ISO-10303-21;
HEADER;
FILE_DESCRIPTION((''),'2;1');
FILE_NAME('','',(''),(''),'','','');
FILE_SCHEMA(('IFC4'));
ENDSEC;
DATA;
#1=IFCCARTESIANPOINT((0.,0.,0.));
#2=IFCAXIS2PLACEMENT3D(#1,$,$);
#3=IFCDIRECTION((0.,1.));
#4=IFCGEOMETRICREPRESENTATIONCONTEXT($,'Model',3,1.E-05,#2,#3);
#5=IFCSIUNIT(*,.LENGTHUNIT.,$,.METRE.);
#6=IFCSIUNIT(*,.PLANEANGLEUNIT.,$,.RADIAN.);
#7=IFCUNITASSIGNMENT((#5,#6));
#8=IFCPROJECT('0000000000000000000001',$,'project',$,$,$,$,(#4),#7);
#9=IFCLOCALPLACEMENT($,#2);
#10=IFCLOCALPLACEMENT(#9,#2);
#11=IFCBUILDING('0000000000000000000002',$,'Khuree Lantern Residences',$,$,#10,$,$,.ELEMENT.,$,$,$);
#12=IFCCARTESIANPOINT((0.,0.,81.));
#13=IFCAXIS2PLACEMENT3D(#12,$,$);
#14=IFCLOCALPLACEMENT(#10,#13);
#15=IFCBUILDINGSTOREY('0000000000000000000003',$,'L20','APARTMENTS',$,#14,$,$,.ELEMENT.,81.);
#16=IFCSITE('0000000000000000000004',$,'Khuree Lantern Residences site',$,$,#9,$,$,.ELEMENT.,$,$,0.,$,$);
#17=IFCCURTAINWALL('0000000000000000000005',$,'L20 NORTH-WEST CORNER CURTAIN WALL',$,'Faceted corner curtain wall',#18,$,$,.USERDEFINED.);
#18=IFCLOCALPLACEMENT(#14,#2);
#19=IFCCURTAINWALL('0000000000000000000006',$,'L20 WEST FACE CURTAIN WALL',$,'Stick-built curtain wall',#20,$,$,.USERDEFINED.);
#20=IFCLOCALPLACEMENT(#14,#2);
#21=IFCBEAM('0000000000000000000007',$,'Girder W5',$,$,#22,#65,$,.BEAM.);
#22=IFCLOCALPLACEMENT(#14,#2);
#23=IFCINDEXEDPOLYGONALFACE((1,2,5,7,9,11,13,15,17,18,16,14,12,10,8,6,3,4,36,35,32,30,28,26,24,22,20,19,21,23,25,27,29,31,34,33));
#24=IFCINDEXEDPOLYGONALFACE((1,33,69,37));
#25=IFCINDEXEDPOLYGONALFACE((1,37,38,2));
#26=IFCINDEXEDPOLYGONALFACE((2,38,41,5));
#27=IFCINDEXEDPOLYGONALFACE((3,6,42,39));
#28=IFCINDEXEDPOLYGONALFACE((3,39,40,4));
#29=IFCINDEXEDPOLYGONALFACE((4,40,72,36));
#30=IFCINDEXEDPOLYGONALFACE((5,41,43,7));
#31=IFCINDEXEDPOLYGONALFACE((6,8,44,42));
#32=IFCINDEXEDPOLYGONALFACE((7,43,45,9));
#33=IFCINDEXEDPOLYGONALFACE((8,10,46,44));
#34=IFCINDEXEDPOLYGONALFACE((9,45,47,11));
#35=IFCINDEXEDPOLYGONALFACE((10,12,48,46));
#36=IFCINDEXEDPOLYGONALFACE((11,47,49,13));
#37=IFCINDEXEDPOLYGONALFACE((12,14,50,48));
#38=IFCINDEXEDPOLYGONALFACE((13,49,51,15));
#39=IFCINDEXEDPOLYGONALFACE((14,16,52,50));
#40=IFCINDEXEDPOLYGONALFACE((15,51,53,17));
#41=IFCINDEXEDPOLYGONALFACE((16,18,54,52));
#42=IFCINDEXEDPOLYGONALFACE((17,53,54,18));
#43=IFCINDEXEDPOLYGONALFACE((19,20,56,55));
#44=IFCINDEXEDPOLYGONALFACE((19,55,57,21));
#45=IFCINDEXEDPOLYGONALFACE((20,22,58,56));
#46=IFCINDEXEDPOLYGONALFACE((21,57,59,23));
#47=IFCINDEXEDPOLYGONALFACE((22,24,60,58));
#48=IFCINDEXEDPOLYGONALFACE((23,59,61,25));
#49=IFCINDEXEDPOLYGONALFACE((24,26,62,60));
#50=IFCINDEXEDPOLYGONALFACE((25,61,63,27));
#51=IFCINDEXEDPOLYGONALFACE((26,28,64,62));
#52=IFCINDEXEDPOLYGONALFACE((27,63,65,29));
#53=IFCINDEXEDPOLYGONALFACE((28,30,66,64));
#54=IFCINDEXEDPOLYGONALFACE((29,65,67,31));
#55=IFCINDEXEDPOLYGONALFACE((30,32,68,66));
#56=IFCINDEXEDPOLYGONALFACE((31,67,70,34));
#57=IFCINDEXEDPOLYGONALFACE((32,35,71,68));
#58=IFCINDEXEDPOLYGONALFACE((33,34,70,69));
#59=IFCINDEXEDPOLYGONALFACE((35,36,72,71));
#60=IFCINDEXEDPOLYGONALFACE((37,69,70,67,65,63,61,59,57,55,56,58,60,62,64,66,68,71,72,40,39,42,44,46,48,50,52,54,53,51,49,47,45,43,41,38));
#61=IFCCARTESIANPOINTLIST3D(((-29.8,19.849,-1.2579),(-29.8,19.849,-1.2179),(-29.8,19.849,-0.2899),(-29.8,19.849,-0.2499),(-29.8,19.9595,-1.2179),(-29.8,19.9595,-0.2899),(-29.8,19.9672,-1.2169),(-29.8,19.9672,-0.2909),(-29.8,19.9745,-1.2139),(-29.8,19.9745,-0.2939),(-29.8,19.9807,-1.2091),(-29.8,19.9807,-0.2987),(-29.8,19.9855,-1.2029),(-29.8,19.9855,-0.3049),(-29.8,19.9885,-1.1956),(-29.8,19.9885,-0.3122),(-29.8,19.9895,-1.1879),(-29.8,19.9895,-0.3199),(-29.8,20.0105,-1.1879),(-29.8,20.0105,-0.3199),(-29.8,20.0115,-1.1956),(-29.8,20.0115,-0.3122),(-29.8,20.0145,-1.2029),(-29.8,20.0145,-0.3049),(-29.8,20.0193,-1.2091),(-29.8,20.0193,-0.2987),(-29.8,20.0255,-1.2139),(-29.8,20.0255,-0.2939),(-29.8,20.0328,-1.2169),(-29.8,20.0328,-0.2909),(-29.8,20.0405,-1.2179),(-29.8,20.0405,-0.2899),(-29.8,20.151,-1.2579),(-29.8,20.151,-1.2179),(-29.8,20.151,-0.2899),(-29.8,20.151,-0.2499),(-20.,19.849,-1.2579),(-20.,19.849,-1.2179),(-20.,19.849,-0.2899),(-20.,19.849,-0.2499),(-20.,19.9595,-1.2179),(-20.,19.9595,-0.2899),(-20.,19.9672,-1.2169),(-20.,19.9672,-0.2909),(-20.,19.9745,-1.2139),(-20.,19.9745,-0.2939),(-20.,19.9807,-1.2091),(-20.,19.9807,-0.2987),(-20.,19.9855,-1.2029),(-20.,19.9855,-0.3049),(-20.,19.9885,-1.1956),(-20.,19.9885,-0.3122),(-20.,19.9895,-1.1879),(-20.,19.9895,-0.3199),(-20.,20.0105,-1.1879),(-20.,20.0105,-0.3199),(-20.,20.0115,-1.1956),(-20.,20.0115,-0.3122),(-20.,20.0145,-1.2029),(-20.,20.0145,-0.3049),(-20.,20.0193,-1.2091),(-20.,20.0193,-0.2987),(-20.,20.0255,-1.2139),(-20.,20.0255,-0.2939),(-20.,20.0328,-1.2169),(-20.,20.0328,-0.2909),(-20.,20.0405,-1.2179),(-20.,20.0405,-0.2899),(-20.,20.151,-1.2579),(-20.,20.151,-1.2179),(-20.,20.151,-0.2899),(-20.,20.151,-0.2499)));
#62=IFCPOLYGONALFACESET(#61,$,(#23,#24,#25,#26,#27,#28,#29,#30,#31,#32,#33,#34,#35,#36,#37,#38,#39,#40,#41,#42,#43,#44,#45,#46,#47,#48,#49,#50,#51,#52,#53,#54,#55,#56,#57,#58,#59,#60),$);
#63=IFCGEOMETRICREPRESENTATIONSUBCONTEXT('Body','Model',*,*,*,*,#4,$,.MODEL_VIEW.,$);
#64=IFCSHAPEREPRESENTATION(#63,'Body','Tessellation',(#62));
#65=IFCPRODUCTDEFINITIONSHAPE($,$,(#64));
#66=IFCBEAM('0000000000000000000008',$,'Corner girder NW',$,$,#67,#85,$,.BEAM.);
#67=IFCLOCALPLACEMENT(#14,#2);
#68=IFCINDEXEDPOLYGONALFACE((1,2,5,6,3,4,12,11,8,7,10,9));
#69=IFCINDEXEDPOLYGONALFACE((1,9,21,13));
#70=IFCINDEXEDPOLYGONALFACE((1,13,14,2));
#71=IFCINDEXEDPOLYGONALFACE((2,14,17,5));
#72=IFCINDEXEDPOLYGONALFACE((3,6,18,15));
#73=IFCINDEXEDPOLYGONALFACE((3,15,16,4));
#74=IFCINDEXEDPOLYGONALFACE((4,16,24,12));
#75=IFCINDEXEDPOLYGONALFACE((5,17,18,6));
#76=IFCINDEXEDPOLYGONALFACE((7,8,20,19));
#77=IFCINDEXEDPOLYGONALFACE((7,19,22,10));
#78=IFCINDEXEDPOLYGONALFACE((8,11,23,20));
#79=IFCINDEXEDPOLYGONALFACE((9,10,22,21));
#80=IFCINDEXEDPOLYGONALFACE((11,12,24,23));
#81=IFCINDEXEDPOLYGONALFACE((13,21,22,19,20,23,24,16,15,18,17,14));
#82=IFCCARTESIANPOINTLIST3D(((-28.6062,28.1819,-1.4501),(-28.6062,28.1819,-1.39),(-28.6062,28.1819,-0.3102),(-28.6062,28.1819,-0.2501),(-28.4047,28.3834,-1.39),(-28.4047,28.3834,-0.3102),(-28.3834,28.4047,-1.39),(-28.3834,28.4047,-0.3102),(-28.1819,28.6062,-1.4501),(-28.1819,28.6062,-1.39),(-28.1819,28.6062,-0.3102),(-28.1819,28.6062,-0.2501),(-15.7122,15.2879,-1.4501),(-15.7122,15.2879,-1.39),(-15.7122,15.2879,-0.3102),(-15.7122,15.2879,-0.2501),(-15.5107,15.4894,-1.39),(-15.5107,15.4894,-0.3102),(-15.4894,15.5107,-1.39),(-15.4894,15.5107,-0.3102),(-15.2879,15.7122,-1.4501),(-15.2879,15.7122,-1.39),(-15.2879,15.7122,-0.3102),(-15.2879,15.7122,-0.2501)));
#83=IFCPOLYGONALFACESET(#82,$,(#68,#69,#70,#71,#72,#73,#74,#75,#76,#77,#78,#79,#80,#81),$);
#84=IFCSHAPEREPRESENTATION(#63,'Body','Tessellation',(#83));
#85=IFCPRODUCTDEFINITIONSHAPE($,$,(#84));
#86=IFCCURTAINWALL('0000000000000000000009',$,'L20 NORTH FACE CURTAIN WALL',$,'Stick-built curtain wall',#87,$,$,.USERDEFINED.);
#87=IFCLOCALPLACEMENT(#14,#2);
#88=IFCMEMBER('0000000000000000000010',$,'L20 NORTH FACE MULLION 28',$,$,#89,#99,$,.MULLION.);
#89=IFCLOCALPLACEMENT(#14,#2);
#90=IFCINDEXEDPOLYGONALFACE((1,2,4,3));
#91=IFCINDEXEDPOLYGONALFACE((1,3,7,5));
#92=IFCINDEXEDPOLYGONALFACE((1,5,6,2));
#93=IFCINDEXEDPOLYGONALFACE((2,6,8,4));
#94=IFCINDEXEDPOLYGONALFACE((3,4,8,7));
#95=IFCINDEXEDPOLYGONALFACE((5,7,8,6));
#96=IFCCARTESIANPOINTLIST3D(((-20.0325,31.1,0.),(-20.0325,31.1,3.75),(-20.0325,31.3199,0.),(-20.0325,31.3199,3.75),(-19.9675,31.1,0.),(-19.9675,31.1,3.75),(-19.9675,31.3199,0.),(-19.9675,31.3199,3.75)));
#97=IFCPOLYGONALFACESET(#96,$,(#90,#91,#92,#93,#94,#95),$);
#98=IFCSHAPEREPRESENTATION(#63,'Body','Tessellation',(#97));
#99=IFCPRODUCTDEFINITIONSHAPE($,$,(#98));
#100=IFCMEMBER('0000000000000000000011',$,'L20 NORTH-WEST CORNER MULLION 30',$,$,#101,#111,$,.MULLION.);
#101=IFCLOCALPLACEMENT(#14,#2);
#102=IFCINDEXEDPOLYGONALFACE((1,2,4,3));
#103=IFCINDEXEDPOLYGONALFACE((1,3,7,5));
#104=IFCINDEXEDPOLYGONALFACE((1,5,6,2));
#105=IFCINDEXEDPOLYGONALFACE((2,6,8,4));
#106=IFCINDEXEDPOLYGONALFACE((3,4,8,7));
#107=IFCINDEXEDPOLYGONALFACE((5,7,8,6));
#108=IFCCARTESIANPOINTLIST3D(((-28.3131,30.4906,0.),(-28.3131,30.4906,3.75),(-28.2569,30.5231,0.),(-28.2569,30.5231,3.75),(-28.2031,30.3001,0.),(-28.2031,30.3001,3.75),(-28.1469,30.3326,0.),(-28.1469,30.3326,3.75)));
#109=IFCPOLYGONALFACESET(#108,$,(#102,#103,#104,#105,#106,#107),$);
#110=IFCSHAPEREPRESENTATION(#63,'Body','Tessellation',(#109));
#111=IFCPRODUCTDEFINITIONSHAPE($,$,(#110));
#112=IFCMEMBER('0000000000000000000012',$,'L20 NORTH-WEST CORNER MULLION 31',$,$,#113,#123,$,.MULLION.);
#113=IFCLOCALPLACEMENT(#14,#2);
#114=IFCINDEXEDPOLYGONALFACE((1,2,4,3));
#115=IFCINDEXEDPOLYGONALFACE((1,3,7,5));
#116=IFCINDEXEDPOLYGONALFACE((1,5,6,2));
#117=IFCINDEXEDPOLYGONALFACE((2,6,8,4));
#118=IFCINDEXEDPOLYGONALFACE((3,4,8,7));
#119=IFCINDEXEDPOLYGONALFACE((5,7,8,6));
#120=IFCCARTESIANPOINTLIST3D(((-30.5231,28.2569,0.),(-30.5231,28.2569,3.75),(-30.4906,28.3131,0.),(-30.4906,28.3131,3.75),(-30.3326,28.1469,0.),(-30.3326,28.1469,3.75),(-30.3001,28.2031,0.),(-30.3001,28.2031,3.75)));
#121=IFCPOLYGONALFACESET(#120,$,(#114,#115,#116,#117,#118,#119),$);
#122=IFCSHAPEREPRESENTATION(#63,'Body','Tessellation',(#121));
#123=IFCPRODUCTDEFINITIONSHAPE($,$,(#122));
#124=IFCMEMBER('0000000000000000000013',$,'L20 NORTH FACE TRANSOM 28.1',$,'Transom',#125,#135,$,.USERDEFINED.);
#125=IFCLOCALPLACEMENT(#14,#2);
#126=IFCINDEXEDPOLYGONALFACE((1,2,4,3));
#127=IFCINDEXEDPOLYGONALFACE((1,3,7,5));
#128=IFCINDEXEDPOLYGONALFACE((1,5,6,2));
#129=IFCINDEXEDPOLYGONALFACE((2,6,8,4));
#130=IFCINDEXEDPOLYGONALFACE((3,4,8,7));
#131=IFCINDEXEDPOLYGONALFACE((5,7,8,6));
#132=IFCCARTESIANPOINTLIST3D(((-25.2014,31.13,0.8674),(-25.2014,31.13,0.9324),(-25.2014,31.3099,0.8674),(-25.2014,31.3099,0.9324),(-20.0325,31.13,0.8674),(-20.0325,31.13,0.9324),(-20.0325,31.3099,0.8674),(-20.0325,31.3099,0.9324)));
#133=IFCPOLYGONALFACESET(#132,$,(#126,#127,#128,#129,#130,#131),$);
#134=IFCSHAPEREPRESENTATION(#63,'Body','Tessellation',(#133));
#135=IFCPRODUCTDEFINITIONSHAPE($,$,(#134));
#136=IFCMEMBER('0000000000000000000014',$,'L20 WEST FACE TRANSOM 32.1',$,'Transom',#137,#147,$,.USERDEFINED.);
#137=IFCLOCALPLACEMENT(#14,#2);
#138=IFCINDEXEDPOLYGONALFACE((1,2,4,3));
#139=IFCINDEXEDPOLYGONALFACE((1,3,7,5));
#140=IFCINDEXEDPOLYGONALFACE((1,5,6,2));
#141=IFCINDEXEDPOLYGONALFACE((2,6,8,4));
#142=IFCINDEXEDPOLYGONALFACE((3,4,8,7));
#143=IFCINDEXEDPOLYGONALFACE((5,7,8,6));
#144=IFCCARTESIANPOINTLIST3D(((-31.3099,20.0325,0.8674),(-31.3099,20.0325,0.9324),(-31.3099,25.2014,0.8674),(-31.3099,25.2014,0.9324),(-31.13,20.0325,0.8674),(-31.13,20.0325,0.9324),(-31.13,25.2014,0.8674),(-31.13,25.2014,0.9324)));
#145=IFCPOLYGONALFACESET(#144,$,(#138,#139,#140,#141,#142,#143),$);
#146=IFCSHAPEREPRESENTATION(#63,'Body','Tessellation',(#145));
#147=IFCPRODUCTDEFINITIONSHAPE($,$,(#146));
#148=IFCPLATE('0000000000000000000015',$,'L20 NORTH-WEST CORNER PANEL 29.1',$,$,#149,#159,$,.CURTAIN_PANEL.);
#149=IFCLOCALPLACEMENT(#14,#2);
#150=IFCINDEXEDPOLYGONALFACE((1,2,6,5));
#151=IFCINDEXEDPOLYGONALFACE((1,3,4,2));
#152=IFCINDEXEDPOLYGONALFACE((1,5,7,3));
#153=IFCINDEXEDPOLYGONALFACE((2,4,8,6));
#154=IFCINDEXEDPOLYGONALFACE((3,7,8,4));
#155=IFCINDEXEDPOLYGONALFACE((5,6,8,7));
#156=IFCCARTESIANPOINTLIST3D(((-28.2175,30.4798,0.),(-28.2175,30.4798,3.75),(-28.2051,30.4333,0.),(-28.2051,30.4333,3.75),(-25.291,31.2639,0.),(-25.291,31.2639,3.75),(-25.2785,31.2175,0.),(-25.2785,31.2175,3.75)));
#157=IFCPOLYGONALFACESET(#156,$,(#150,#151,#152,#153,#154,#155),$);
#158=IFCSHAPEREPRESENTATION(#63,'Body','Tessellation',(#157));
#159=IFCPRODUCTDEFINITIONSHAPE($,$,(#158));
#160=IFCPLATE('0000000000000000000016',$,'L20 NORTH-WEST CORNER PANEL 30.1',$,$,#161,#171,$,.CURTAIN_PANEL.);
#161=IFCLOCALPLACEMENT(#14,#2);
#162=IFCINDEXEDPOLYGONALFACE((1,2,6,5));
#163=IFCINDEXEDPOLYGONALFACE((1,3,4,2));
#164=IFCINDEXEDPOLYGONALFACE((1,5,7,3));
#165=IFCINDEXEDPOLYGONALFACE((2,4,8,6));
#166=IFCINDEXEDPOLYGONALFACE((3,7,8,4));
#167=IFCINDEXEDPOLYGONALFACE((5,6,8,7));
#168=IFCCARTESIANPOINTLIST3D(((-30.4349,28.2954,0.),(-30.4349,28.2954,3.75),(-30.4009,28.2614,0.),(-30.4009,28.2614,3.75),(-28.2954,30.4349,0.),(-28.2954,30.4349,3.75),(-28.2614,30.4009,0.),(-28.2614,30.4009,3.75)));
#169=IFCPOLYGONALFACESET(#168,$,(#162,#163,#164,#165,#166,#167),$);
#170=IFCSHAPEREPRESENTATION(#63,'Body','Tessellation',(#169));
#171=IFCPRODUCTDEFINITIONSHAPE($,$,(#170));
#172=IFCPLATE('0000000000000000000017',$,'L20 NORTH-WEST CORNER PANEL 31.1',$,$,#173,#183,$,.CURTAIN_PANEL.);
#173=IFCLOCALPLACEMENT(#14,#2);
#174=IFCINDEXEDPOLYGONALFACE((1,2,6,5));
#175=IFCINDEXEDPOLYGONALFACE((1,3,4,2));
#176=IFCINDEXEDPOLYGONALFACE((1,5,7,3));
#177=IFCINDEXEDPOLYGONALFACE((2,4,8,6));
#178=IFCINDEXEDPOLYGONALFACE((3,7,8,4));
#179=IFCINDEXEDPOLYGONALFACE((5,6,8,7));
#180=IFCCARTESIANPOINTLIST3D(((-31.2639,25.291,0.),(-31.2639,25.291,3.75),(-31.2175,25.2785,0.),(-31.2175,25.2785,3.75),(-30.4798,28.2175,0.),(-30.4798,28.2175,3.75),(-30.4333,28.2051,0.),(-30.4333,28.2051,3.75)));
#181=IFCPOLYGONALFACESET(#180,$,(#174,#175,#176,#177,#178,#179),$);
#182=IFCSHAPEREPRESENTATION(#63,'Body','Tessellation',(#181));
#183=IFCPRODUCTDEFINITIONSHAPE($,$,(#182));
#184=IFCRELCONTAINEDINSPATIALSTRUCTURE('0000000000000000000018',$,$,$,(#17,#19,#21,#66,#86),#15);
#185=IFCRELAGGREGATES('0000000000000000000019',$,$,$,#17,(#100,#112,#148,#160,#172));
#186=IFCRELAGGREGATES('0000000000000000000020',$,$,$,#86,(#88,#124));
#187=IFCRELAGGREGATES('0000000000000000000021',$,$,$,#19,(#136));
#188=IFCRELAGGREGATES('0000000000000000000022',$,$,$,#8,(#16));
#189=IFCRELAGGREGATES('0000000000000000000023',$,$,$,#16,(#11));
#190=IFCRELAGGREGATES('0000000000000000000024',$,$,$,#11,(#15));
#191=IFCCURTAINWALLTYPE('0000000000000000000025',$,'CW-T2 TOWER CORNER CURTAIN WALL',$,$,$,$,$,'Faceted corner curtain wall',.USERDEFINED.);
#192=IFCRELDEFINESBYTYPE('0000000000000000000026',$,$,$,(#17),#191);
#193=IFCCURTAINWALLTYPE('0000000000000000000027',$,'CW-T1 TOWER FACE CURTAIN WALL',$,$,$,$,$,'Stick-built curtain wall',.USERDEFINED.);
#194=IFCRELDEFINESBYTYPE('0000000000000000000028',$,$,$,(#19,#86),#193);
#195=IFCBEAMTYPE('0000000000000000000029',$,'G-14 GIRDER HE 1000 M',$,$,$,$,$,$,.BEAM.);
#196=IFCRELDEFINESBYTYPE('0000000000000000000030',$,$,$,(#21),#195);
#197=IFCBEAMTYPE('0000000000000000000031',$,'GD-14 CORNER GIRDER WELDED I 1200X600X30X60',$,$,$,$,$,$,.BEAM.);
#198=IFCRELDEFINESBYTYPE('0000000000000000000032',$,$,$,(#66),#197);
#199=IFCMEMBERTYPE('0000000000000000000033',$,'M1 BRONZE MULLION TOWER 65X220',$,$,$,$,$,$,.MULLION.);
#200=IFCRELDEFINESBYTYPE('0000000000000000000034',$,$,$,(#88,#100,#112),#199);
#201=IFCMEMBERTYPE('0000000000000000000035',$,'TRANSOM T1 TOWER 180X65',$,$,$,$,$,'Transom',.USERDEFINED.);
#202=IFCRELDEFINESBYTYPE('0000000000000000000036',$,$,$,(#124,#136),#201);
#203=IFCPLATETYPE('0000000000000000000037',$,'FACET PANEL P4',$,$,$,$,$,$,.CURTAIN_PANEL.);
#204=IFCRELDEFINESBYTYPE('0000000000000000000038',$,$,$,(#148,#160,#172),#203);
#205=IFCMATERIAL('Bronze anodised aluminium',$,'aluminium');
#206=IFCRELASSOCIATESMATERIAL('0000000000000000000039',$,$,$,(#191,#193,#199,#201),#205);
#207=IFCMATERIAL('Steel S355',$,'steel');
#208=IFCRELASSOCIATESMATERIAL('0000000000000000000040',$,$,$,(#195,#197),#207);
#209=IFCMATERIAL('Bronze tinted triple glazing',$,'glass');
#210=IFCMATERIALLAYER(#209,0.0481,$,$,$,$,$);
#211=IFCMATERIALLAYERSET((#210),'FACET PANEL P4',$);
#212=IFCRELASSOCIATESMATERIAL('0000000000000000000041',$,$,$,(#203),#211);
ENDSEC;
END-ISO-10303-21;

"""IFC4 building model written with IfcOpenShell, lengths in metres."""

from ifc_helpers import new_model, si_unit, direction, frame, origin, origin_2d, place, context, subcontext, project, spatial, rectangle, i_section, extrude, material, layer, layer_set, material_profile, profile_set, type_object, element, aggregate, save


model = new_model("IFC4")

# Units and contexts
model_context = context("Model", 3, precision=1e-05, world=origin(), true_north=direction((0.0, 1.0)))
body_context = subcontext(model_context, "Body", "Model", "MODEL_VIEW")
ifc_project = project(units=[si_unit("LENGTHUNIT", "METRE"), si_unit("PLANEANGLEUNIT", "RADIAN")], contexts=[model_context])

# Site, building, storey
site_placement = place(None, origin())
site = spatial("IfcSite", under=ifc_project, at=site_placement, Name="Khuree Lantern Residences site", CompositionType="ELEMENT", RefElevation=0.0)
building_placement = place(site_placement, origin())
building = spatial("IfcBuilding", under=site, at=building_placement, Name="Khuree Lantern Residences", CompositionType="ELEMENT")
storey_placement = place(building_placement, frame((0.0, 0.0, 81.0)))
storey = spatial("IfcBuildingStorey", under=building, at=storey_placement, Name="L20", Description="APARTMENTS", CompositionType="ELEMENT", Elevation=81.0)

# Shared definitions
ifc_material_1 = material(Name="Steel S355", Category="steel")

# Curtain walls
ifc_material_2 = material(Name="Bronze anodised aluminium", Category="aluminium")
curtain_wall_type_1 = type_object("IfcCurtainWallType", Name="CW-T2 TOWER CORNER CURTAIN WALL", ElementType="Faceted corner curtain wall", PredefinedType="USERDEFINED", material=ifc_material_2)
curtain_wall_1_placement = place(storey_placement, origin())
curtain_wall_1 = element("IfcCurtainWall", 1, at=curtain_wall_1_placement, inside=storey, type_object=curtain_wall_type_1, Name="L20 NORTH-WEST CORNER CURTAIN WALL", ObjectType="Faceted corner curtain wall", PredefinedType="USERDEFINED")
curtain_wall_type_2 = type_object("IfcCurtainWallType", Name="CW-T1 TOWER FACE CURTAIN WALL", ElementType="Stick-built curtain wall", PredefinedType="USERDEFINED", material=ifc_material_2)
curtain_wall_2_placement = place(storey_placement, origin())
curtain_wall_2 = element("IfcCurtainWall", 2, at=curtain_wall_2_placement, inside=storey, type_object=curtain_wall_type_2, Name="L20 WEST FACE CURTAIN WALL", ObjectType="Stick-built curtain wall", PredefinedType="USERDEFINED")

# Beams
ifc_material_profile_1 = material_profile(ifc_material_1, i_section(OverallWidth=0.302, OverallDepth=1.0081, WebThickness=0.021, FlangeThickness=0.04, FilletRadius=0.03, at=origin_2d()), Name="HE 1000 M")
ifc_profile_set_1 = profile_set([ifc_material_profile_1], Name="Steel S355")
beam_type_1 = type_object("IfcBeamType", Name="G-14 GIRDER HE 1000 M", PredefinedType="BEAM", material=ifc_profile_set_1)
for number, where, z_axis, x_axis, name in (
    (3, (-29.8, 20.0, -0.7539), (1.0, 0.0, 0.0), (0.0, 1.0, 0.0), "Girder W5"),
):
    element("IfcBeam", number, at=place(storey_placement, frame(where, z_axis=z_axis, x_axis=x_axis)), inside=storey, type_object=beam_type_1, Name=name, PredefinedType="BEAM", context=body_context, shape_type="SweptSolid", body=[
        extrude(i_section(OverallWidth=0.302, OverallDepth=1.0081, WebThickness=0.021, FlangeThickness=0.04, FilletRadius=0.03, at=origin_2d()), origin(), (0.0, 0.0, 1.0), 9.8),
    ])
ifc_material_profile_2 = material_profile(ifc_material_1, i_section(OverallWidth=0.6001, OverallDepth=1.2, WebThickness=0.03, FlangeThickness=0.0601, at=origin_2d()), Name="WELDED I 1200X600X30X60")
ifc_profile_set_2 = profile_set([ifc_material_profile_2], Name="Steel S355")
beam_type_2 = type_object("IfcBeamType", Name="GD-14 CORNER GIRDER WELDED I 1200X600X30X60", PredefinedType="BEAM", material=ifc_profile_set_2)
beam_1_placement = place(storey_placement, frame((-28.394, 28.394, -0.8501), z_axis=(0.707107, -0.707107, 0.0), x_axis=(0.707107, 0.707107, 0.0)))
element("IfcBeam", 4, at=beam_1_placement, inside=storey, type_object=beam_type_2, Name="Corner girder NW", PredefinedType="BEAM", context=body_context, shape_type="SweptSolid", body=[
    extrude(i_section(OverallWidth=0.6001, OverallDepth=1.2, WebThickness=0.03, FlangeThickness=0.0601, at=origin_2d()), origin(), (0.0, 0.0, 1.0), 18.2349),
])

# Curtain wall, member
curtain_wall_3_placement = place(storey_placement, origin())
curtain_wall_3 = element("IfcCurtainWall", 5, at=curtain_wall_3_placement, inside=storey, type_object=curtain_wall_type_2, Name="L20 NORTH FACE CURTAIN WALL", ObjectType="Stick-built curtain wall", PredefinedType="USERDEFINED")
ifc_material_profile_3 = material_profile(ifc_material_2, rectangle(XDim=0.0649, YDim=0.22, at=origin_2d()), Name="M1 65X220")
ifc_profile_set_3 = profile_set([ifc_material_profile_3], Name="Bronze anodised aluminium")
member_type_1 = type_object("IfcMemberType", Name="M1 BRONZE MULLION TOWER 65X220", PredefinedType="MULLION", material=ifc_profile_set_3)
member_1_placement = place(storey_placement, frame((-20.0, 31.21, 0.0), z_axis=(0.0, 0.0, 1.0), x_axis=(-1.0, 0.0, 0.0)))
member_1 = element("IfcMember", 6, at=member_1_placement, type_object=member_type_1, Name="L20 NORTH FACE MULLION 28", PredefinedType="MULLION", context=body_context, shape_type="SweptSolid", body=[
    extrude(rectangle(XDim=0.0649, YDim=0.22, at=origin_2d()), origin(), (0.0, 0.0, 1.0), 3.75),
])

# Members
member_2_placement = place(storey_placement, frame((-28.23, 30.4116, 0.0), z_axis=(0.0, 0.0, 1.0), x_axis=(-0.866025, -0.5, 0.0)))
member_2 = element("IfcMember", 7, at=member_2_placement, type_object=member_type_1, Name="L20 NORTH-WEST CORNER MULLION 30", PredefinedType="MULLION", context=body_context, shape_type="SweptSolid", body=[
    extrude(rectangle(XDim=0.0649, YDim=0.22, at=origin_2d()), origin(), (0.0, 0.0, 1.0), 3.75),
])
member_3_placement = place(storey_placement, frame((-30.4116, 28.23, 0.0), z_axis=(0.0, 0.0, 1.0), x_axis=(-0.5, -0.866025, 0.0)))
member_3 = element("IfcMember", 8, at=member_3_placement, type_object=member_type_1, Name="L20 NORTH-WEST CORNER MULLION 31", PredefinedType="MULLION", context=body_context, shape_type="SweptSolid", body=[
    extrude(rectangle(XDim=0.0649, YDim=0.22, at=origin_2d()), origin(), (0.0, 0.0, 1.0), 3.75),
])
ifc_material_profile_4 = material_profile(ifc_material_2, rectangle(XDim=0.1799, YDim=0.0649, at=origin_2d()), Name="T1 180X65")
ifc_profile_set_4 = profile_set([ifc_material_profile_4], Name="Bronze anodised aluminium")
member_type_2 = type_object("IfcMemberType", Name="TRANSOM T1 TOWER 180X65", ElementType="Transom", PredefinedType="USERDEFINED", material=ifc_profile_set_4)
member_4_placement = place(storey_placement, frame((-20.0325, 31.22, 0.8999), z_axis=(-1.0, 0.0, 0.0), x_axis=(0.0, -1.0, 0.0)))
member_4 = element("IfcMember", 9, at=member_4_placement, type_object=member_type_2, Name="L20 NORTH FACE TRANSOM 28.1", ObjectType="Transom", PredefinedType="USERDEFINED", context=body_context, shape_type="SweptSolid", body=[
    extrude(rectangle(XDim=0.1799, YDim=0.0649, at=origin_2d()), origin(), (0.0, 0.0, 1.0), 5.1689),
])
member_5_placement = place(storey_placement, frame((-31.22, 25.2014, 0.8999), z_axis=(0.0, -1.0, 0.0), x_axis=(1.0, 0.0, 0.0)))
member_5 = element("IfcMember", 10, at=member_5_placement, type_object=member_type_2, Name="L20 WEST FACE TRANSOM 32.1", ObjectType="Transom", PredefinedType="USERDEFINED", context=body_context, shape_type="SweptSolid", body=[
    extrude(rectangle(XDim=0.1799, YDim=0.0649, at=origin_2d()), origin(), (0.0, 0.0, 1.0), 5.1689),
])

# Plates
ifc_material_3 = material(Name="Bronze tinted triple glazing", Category="glass")
ifc_layer_1 = layer(ifc_material_3, 0.0481)
ifc_layer_set_1 = layer_set([ifc_layer_1], Name="FACET PANEL P4")
plate_type_1 = type_object("IfcPlateType", Name="FACET PANEL P4", PredefinedType="CURTAIN_PANEL", material=ifc_layer_set_1)
plate_1_placement = place(storey_placement, frame((-26.748, 30.8486, 0.0), z_axis=(0.0, 0.0, 1.0), x_axis=(-0.965926, -0.258819, 0.0)))
plate_1 = element("IfcPlate", 11, at=plate_1_placement, type_object=plate_type_1, Name="L20 NORTH-WEST CORNER PANEL 29.1", PredefinedType="CURTAIN_PANEL", context=body_context, shape_type="SweptSolid", body=[
    extrude(rectangle(XDim=3.0298, YDim=0.0481, at=origin_2d()), origin(), (0.0, 0.0, 1.0), 3.75),
])
plate_2_placement = place(storey_placement, frame((-29.3481, 29.3481, 0.0), z_axis=(0.0, 0.0, 1.0), x_axis=(-0.707107, -0.707107, 0.0)))
plate_2 = element("IfcPlate", 12, at=plate_2_placement, type_object=plate_type_1, Name="L20 NORTH-WEST CORNER PANEL 30.1", PredefinedType="CURTAIN_PANEL", context=body_context, shape_type="SweptSolid", body=[
    extrude(rectangle(XDim=3.0256, YDim=0.0481, at=origin_2d()), origin(), (0.0, 0.0, 1.0), 3.75),
])
plate_3_placement = place(storey_placement, frame((-30.8486, 26.748, 0.0), z_axis=(0.0, 0.0, 1.0), x_axis=(-0.258819, -0.965926, 0.0)))
plate_3 = element("IfcPlate", 13, at=plate_3_placement, type_object=plate_type_1, Name="L20 NORTH-WEST CORNER PANEL 31.1", PredefinedType="CURTAIN_PANEL", context=body_context, shape_type="SweptSolid", body=[
    extrude(rectangle(XDim=3.0298, YDim=0.0481, at=origin_2d()), origin(), (0.0, 0.0, 1.0), 3.75),
])
aggregate(curtain_wall_1, [member_2, member_3, plate_1, plate_2, plate_3])
aggregate(curtain_wall_3, [member_1, member_4])
aggregate(curtain_wall_2, [member_5])

save(model, "model.ifc")
